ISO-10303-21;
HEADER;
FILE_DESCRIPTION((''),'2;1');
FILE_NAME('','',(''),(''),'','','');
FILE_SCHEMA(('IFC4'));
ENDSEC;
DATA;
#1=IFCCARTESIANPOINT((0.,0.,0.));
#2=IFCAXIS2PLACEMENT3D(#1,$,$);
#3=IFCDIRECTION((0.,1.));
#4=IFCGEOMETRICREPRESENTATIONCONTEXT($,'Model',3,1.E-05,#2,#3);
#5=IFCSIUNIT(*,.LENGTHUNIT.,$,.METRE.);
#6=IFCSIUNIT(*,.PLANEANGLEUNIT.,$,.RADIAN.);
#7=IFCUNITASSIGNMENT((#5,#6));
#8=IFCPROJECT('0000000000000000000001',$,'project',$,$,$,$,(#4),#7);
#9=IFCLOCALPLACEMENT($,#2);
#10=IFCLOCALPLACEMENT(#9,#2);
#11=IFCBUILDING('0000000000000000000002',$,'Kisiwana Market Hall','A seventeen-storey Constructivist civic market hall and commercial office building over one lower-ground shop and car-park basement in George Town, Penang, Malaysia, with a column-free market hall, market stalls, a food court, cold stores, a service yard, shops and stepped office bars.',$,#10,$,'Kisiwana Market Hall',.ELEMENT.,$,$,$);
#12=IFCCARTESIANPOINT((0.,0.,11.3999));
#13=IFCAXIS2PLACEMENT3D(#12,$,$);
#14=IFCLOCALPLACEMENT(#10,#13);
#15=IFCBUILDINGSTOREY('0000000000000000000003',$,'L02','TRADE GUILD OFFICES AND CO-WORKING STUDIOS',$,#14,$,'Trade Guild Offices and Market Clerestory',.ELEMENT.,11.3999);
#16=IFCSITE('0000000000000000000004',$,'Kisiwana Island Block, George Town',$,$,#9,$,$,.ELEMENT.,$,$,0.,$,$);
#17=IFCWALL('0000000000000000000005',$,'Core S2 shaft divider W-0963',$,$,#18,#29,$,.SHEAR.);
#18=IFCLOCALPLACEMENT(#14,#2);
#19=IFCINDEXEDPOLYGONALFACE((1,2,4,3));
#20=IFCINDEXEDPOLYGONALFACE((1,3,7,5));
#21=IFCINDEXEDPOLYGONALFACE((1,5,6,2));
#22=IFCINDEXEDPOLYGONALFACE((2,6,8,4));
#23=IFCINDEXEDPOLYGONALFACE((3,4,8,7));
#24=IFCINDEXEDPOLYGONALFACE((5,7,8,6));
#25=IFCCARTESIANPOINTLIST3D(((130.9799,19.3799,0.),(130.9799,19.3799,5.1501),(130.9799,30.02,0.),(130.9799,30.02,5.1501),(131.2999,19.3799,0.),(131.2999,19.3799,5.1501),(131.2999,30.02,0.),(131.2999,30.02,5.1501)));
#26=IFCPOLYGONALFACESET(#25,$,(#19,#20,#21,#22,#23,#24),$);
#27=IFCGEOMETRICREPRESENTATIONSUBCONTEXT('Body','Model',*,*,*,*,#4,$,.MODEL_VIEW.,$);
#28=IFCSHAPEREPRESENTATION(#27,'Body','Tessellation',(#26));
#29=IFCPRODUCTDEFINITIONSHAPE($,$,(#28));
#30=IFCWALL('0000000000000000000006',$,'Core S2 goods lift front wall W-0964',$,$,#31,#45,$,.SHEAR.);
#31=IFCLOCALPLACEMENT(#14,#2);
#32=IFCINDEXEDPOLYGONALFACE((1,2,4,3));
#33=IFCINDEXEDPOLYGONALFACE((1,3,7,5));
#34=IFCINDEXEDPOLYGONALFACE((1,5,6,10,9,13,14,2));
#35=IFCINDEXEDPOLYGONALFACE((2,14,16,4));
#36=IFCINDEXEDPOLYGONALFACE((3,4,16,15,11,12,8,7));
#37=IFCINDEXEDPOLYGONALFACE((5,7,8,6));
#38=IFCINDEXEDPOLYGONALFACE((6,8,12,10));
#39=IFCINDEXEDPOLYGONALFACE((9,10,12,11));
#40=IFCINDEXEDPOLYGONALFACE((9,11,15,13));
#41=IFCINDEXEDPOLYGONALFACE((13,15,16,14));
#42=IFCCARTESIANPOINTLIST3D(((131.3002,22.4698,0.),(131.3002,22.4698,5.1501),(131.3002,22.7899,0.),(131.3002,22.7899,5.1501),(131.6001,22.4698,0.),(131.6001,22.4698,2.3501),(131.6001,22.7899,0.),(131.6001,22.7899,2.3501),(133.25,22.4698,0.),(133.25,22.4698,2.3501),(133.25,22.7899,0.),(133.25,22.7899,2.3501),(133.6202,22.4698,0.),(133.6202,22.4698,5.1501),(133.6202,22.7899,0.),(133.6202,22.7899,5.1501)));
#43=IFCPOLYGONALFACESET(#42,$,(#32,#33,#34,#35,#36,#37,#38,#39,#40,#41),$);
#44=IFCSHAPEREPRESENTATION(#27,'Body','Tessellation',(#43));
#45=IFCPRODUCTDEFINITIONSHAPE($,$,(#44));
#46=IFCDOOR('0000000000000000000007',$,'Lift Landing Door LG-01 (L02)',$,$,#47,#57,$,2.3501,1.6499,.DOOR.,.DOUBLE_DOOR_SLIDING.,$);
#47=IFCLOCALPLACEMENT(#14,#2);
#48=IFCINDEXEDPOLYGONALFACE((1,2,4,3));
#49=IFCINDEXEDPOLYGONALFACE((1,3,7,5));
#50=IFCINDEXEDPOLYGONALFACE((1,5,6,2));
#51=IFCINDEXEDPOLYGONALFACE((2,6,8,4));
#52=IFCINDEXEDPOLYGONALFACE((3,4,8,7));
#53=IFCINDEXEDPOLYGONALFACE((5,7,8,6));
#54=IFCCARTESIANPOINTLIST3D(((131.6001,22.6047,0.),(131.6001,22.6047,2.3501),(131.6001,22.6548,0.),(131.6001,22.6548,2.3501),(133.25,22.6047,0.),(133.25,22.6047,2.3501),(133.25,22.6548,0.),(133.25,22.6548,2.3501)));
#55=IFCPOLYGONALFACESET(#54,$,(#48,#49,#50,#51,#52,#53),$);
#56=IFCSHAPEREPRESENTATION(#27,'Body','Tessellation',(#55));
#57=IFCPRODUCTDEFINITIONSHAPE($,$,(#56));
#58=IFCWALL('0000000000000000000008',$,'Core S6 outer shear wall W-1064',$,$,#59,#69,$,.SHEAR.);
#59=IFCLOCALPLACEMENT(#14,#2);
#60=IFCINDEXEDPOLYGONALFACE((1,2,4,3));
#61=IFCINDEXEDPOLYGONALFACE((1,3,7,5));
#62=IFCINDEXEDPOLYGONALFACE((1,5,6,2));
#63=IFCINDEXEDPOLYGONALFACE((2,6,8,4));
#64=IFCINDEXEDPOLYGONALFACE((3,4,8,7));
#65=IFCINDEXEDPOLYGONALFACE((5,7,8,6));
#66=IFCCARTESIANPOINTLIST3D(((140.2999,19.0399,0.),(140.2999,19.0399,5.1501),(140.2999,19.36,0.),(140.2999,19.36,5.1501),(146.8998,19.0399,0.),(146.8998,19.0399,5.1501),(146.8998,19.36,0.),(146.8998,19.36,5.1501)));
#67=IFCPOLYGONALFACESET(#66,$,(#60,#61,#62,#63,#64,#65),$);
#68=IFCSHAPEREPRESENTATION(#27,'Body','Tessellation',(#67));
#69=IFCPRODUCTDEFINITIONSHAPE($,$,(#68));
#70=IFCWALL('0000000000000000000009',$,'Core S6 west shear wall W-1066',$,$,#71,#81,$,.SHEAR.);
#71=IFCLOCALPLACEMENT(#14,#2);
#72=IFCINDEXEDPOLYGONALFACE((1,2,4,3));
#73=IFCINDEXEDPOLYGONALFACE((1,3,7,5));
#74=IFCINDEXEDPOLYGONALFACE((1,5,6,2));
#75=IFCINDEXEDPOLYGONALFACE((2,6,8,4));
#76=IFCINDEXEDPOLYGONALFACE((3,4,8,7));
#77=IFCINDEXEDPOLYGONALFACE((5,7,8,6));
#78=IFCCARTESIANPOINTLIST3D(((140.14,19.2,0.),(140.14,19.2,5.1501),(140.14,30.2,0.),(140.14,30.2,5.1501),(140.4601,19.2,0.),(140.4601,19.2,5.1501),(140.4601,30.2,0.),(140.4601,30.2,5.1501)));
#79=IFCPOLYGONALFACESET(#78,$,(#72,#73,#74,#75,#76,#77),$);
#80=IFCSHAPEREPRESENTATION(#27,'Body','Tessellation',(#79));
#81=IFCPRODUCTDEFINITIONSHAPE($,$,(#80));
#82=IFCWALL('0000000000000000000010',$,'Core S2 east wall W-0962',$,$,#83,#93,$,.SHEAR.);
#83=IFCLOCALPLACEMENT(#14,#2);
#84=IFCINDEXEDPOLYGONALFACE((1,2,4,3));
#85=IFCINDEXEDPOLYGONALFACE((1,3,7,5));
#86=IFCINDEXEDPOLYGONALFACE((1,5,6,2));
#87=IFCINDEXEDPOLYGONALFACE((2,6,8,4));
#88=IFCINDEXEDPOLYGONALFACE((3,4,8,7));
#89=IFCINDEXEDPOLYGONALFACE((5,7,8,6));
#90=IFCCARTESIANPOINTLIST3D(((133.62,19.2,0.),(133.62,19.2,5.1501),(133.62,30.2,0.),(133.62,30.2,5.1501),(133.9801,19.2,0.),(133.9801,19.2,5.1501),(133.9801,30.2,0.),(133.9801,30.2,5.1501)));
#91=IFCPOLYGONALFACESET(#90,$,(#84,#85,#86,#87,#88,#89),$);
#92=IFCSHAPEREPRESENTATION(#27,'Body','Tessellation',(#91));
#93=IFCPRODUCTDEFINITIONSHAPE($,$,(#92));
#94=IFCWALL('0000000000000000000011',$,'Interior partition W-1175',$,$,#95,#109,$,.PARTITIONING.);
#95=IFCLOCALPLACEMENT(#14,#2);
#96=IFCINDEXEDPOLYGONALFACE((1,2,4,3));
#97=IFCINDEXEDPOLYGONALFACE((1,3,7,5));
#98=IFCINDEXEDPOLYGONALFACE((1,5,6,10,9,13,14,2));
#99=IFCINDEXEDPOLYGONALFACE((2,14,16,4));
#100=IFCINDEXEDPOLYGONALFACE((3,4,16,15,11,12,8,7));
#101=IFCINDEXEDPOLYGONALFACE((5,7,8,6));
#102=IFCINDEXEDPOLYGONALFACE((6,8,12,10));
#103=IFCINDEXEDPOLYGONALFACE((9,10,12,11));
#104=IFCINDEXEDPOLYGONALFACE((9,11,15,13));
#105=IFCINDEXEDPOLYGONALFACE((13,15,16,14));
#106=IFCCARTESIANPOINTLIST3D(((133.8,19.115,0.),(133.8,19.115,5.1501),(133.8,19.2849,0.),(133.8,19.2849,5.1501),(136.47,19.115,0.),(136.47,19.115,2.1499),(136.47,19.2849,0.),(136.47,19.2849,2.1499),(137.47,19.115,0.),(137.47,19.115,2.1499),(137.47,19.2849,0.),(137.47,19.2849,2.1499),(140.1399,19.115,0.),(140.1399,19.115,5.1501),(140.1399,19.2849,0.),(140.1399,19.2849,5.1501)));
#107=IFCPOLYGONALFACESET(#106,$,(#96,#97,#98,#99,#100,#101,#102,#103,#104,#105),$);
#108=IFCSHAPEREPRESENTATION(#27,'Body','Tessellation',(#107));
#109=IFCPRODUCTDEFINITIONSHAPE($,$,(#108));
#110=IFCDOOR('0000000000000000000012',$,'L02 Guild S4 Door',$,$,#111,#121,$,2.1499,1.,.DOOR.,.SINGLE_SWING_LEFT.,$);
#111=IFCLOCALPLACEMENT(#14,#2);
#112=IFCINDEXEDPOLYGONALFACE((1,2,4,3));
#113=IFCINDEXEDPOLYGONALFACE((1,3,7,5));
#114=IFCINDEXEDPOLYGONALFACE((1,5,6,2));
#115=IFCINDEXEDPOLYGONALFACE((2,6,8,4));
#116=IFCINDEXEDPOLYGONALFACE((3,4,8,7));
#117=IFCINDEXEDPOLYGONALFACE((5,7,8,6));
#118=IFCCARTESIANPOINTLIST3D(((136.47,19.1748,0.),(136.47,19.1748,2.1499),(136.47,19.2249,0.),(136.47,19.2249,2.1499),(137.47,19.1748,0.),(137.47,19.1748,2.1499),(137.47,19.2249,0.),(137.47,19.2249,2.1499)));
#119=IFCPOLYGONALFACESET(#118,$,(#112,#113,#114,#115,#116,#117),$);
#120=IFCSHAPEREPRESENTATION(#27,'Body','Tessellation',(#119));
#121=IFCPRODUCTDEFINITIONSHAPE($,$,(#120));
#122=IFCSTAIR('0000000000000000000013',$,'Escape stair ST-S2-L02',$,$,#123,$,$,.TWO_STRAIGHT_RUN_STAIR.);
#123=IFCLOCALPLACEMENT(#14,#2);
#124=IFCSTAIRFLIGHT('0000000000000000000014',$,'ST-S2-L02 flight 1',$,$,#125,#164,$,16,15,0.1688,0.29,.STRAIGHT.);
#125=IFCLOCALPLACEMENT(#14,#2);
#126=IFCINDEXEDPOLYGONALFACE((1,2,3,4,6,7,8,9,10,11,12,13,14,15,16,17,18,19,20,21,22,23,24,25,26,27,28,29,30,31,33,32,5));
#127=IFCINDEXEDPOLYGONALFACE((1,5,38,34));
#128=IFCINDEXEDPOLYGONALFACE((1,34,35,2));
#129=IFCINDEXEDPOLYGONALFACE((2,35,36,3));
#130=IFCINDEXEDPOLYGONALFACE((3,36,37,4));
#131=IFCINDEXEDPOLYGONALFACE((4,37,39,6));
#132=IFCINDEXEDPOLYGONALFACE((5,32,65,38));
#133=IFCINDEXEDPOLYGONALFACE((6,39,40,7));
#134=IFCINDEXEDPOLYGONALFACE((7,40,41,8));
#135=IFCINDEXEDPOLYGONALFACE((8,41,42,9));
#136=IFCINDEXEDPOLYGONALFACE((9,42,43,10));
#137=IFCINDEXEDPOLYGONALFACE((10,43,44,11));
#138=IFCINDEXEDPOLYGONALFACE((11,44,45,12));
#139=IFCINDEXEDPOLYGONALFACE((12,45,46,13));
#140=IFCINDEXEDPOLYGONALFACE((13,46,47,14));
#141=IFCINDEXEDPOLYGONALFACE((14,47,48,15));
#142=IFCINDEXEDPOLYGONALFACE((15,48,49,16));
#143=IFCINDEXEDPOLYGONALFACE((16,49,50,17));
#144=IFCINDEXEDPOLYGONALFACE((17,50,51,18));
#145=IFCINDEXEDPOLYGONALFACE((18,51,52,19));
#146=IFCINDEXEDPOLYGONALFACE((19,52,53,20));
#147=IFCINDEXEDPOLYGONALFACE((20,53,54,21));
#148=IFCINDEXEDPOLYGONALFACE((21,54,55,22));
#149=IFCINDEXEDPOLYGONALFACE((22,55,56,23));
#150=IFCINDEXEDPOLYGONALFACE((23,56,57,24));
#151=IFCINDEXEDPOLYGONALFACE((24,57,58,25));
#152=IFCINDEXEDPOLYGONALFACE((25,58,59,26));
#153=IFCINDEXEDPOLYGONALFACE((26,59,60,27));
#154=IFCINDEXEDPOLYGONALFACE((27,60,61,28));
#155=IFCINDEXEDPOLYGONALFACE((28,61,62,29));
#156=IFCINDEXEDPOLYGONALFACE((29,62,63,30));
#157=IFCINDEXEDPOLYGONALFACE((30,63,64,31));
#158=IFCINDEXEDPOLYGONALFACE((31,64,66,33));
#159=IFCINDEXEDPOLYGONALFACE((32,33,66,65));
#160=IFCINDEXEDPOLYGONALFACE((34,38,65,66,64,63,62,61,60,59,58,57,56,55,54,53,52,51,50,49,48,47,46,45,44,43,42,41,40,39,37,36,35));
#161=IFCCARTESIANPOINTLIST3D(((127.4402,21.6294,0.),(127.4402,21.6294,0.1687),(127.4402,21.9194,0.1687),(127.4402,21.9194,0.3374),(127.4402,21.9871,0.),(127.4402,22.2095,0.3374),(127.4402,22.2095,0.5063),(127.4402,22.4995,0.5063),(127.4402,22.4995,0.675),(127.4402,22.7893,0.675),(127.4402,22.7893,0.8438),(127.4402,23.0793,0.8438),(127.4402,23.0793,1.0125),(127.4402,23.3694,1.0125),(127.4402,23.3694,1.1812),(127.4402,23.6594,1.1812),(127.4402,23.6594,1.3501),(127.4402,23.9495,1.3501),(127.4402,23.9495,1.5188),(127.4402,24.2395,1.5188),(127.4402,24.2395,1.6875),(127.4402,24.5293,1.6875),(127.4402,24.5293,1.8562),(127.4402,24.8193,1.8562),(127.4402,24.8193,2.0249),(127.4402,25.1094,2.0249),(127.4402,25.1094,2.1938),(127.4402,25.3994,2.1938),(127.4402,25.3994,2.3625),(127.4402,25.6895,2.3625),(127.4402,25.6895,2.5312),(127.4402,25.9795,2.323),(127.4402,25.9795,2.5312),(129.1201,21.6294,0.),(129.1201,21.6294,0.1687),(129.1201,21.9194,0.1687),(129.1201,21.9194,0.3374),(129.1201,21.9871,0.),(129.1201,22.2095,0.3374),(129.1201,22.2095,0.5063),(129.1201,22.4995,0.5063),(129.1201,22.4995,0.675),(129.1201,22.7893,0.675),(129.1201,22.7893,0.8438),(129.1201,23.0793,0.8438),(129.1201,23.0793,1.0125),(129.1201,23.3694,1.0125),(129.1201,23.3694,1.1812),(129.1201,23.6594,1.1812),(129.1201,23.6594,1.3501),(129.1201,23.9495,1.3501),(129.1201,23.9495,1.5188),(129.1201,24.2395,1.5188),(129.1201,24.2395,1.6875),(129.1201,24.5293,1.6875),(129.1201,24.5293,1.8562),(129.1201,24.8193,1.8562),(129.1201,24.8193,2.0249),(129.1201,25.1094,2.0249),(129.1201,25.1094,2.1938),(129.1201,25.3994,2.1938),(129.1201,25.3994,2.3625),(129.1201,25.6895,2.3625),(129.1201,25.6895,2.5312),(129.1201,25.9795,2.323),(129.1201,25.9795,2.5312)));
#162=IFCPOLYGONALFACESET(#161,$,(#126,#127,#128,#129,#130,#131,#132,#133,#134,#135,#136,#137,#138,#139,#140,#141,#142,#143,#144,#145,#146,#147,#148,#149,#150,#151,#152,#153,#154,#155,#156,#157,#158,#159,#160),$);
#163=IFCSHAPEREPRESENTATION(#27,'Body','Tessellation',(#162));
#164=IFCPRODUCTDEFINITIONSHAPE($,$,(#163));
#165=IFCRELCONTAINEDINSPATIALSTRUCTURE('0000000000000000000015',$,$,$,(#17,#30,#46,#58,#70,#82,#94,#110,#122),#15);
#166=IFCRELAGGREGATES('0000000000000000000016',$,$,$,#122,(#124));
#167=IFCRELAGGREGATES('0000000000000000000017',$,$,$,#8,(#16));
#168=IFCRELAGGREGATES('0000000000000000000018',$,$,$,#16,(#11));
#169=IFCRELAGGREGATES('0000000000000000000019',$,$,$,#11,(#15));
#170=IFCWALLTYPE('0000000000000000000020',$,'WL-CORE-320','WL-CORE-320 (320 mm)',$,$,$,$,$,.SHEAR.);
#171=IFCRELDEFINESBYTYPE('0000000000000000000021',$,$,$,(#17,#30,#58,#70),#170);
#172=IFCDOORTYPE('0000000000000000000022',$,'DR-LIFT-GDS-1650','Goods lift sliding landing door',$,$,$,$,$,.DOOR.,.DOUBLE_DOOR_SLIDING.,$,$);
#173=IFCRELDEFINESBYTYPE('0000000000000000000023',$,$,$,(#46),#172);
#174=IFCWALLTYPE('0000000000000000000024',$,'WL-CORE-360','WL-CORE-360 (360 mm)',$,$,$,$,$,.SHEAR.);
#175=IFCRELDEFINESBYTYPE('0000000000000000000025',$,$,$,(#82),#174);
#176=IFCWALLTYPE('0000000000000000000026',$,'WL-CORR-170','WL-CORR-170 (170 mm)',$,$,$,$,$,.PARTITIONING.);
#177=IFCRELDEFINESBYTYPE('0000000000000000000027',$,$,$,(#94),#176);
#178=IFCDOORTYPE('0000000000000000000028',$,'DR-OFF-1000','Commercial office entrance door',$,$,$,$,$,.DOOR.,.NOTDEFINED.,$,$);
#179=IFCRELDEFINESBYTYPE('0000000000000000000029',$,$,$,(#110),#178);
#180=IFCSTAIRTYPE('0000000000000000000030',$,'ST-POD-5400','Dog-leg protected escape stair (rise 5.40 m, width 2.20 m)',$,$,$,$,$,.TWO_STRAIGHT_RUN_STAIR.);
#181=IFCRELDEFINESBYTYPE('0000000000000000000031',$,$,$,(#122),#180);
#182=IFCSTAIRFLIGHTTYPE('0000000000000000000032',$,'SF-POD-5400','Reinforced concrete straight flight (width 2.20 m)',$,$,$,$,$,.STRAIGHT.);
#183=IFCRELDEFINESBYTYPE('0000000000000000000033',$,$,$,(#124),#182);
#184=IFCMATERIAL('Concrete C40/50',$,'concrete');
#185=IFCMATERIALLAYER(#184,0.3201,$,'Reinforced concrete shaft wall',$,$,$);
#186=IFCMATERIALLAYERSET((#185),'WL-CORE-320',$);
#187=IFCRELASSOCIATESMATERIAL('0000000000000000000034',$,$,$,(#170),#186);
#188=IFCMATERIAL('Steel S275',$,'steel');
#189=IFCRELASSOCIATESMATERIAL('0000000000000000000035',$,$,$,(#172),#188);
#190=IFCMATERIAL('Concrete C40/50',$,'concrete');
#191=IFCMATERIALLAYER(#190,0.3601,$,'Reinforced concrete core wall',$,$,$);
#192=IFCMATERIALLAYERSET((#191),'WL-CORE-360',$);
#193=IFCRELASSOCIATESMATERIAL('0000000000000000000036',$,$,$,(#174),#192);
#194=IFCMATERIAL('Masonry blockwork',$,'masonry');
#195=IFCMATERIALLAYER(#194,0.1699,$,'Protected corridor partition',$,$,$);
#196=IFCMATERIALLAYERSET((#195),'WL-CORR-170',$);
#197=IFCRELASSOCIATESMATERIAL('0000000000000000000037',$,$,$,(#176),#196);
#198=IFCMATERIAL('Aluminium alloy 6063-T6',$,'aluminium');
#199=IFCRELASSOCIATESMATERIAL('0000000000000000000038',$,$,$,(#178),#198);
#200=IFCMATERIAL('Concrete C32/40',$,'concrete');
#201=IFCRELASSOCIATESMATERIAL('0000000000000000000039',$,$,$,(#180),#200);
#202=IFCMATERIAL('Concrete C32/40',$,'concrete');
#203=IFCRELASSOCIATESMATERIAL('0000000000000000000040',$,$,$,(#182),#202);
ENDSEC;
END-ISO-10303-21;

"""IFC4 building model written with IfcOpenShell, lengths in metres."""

from ifc_helpers import new_model, si_unit, direction, frame, frame_2d, origin, place, context, subcontext, project, spatial, polyline, rectangle, outline, extrude, material, layer, layer_set, type_object, element, fill, aggregate, save


model = new_model("IFC4")

# Units and contexts
model_context = context("Model", 3, precision=1e-05, world=origin(), true_north=direction((0.0, 1.0)))
body_context = subcontext(model_context, "Body", "Model", "MODEL_VIEW")
ifc_project = project(units=[si_unit("LENGTHUNIT", "METRE"), si_unit("PLANEANGLEUNIT", "RADIAN")], contexts=[model_context])

# Site, building, storey
site_placement = place(None, origin())
site = spatial("IfcSite", under=ifc_project, at=site_placement, Name="Kisiwana Island Block, George Town", CompositionType="ELEMENT", RefElevation=0.0)
building_placement = place(site_placement, origin())
building = spatial("IfcBuilding", under=site, at=building_placement, Name="Kisiwana Market Hall", Description="A seventeen-storey Constructivist civic market hall and commercial office building over one lower-ground shop and car-park basement in George Town, Penang, Malaysia, with a column-free market hall, market stalls, a food court, cold stores, a service yard, shops and stepped office bars.", LongName="Kisiwana Market Hall", CompositionType="ELEMENT")
storey_placement = place(building_placement, frame((0.0, 0.0, 11.3999)))
storey = spatial("IfcBuildingStorey", under=building, at=storey_placement, Name="L02", Description="TRADE GUILD OFFICES AND CO-WORKING STUDIOS", LongName="Trade Guild Offices and Market Clerestory", CompositionType="ELEMENT", Elevation=11.3999)

# Wall
ifc_material_1 = material(Name="Concrete C40/50", Category="concrete")
ifc_layer_1 = layer(ifc_material_1, 0.3201, Name="Reinforced concrete shaft wall")
ifc_layer_set_1 = layer_set([ifc_layer_1], Name="WL-CORE-320")
wall_type_1 = type_object("IfcWallType", Name="WL-CORE-320", Description="WL-CORE-320 (320 mm)", PredefinedType="SHEAR", material=ifc_layer_set_1)
wall_1_placement = place(storey_placement, frame((131.1399, 19.3799, 0.0), z_axis=(0.0, 0.0, 1.0), x_axis=(0.0, 1.0, 0.0)))
element("IfcWall", 1, at=wall_1_placement, inside=storey, type_object=wall_type_1, Name="Core S2 shaft divider W-0963", PredefinedType="SHEAR", context=body_context, shape_type="SweptSolid", body=[
    extrude(rectangle(XDim=10.6401, YDim=0.3201, at=frame_2d((5.3201, 0.0))), origin(), (0.0, 0.0, 1.0), 5.1501),
])

# Wall, opening, door
wall_2_placement = place(storey_placement, frame((131.3, 22.6299, 0.0), z_axis=(0.0, 0.0, 1.0), x_axis=(1.0, 0.0, 0.0)))
wall_2 = element("IfcWall", 2, at=wall_2_placement, inside=storey, type_object=wall_type_1, Name="Core S2 goods lift front wall W-0964", PredefinedType="SHEAR", context=body_context, shape_type="SweptSolid", body=[
    extrude(rectangle(XDim=2.3201, YDim=0.3201, at=frame_2d((1.1602, 0.0))), origin(), (0.0, 0.0, 1.0), 5.1501),
])
opening_1_placement = place(wall_2_placement, frame((0.3, 0.0, 0.0)))
opening_1 = element("IfcOpeningElement", 3, at=opening_1_placement, cuts=wall_2, PredefinedType="OPENING", context=body_context, shape_type="SweptSolid", body=[
    extrude(rectangle(XDim=1.6499, YDim=2.3501, at=frame_2d((0.825, 1.175))), frame((0.0, 0.1719, 0.0), z_axis=(0.0, -1.0, 0.0), x_axis=(1.0, 0.0, 0.0)), (0.0, 0.0, 1.0), 0.344),
])
ifc_material_2 = material(Name="Steel S275", Category="steel")
door_type_1 = type_object("IfcDoorType", Name="DR-LIFT-GDS-1650", Description="Goods lift sliding landing door", OperationType="DOUBLE_DOOR_SLIDING", PredefinedType="DOOR", material=ifc_material_2)
door_1_placement = place(opening_1_placement, origin())
door_1 = element("IfcDoor", 4, at=door_1_placement, inside=storey, type_object=door_type_1, Name="Lift Landing Door LG-01 (L02)", OperationType="DOUBLE_DOOR_SLIDING", OverallHeight=2.3501, OverallWidth=1.6499, PredefinedType="DOOR", context=body_context, shape_type="SweptSolid", body=[
    extrude(rectangle(XDim=1.6499, YDim=2.3501, at=frame_2d((0.825, 1.175))), frame((0.0, 0.0249, 0.0), z_axis=(0.0, -1.0, 0.0), x_axis=(1.0, 0.0, 0.0)), (0.0, 0.0, 1.0), 0.05),
])
fill(opening_1, door_1)

# Walls
wall_3_placement = place(storey_placement, frame((140.3, 19.2, 0.0), z_axis=(0.0, 0.0, 1.0), x_axis=(1.0, 0.0, 0.0)))
element("IfcWall", 5, at=wall_3_placement, inside=storey, type_object=wall_type_1, Name="Core S6 outer shear wall W-1064", PredefinedType="SHEAR", context=body_context, shape_type="SweptSolid", body=[
    extrude(rectangle(XDim=6.5999, YDim=0.3201, at=frame_2d((3.2998, 0.0))), origin(), (0.0, 0.0, 1.0), 5.1501),
])
wall_4_placement = place(storey_placement, frame((140.3, 19.2, 0.0), z_axis=(0.0, 0.0, 1.0), x_axis=(0.0, 1.0, 0.0)))
element("IfcWall", 6, at=wall_4_placement, inside=storey, type_object=wall_type_1, Name="Core S6 west shear wall W-1066", PredefinedType="SHEAR", context=body_context, shape_type="SweptSolid", body=[
    extrude(rectangle(XDim=11.0, YDim=0.3201, at=frame_2d((5.5, 0.0))), origin(), (0.0, 0.0, 1.0), 5.1501),
])
ifc_material_3 = material(Name="Concrete C40/50", Category="concrete")
ifc_layer_2 = layer(ifc_material_3, 0.3601, Name="Reinforced concrete core wall")
ifc_layer_set_2 = layer_set([ifc_layer_2], Name="WL-CORE-360")
wall_type_2 = type_object("IfcWallType", Name="WL-CORE-360", Description="WL-CORE-360 (360 mm)", PredefinedType="SHEAR", material=ifc_layer_set_2)
wall_5_placement = place(storey_placement, frame((133.8, 19.2, 0.0), z_axis=(0.0, 0.0, 1.0), x_axis=(0.0, 1.0, 0.0)))
element("IfcWall", 7, at=wall_5_placement, inside=storey, type_object=wall_type_2, Name="Core S2 east wall W-0962", PredefinedType="SHEAR", context=body_context, shape_type="SweptSolid", body=[
    extrude(rectangle(XDim=11.0, YDim=0.3601, at=frame_2d((5.5, 0.0))), origin(), (0.0, 0.0, 1.0), 5.1501),
])

# Wall, opening, door
ifc_material_4 = material(Name="Masonry blockwork", Category="masonry")
ifc_layer_3 = layer(ifc_material_4, 0.1699, Name="Protected corridor partition")
ifc_layer_set_3 = layer_set([ifc_layer_3], Name="WL-CORR-170")
wall_type_3 = type_object("IfcWallType", Name="WL-CORR-170", Description="WL-CORR-170 (170 mm)", PredefinedType="PARTITIONING", material=ifc_layer_set_3)
wall_6_placement = place(storey_placement, frame((133.8, 19.2, 0.0), z_axis=(0.0, 0.0, 1.0), x_axis=(1.0, 0.0, 0.0)))
wall_6 = element("IfcWall", 8, at=wall_6_placement, inside=storey, type_object=wall_type_3, Name="Interior partition W-1175", PredefinedType="PARTITIONING", context=body_context, shape_type="SweptSolid", body=[
    extrude(rectangle(XDim=6.3398, YDim=0.1699, at=frame_2d((3.1699, 0.0))), origin(), (0.0, 0.0, 1.0), 5.1501),
])
opening_2_placement = place(wall_6_placement, frame((2.6699, 0.0, 0.0)))
opening_2 = element("IfcOpeningElement", 9, at=opening_2_placement, cuts=wall_6, PredefinedType="OPENING", context=body_context, shape_type="SweptSolid", body=[
    extrude(rectangle(XDim=1.0, YDim=2.1499, at=frame_2d((0.5, 1.075))), frame((0.0, 0.0969, 0.0), z_axis=(0.0, -1.0, 0.0), x_axis=(1.0, 0.0, 0.0)), (0.0, 0.0, 1.0), 0.1938),
])
ifc_material_5 = material(Name="Aluminium alloy 6063-T6", Category="aluminium")
door_type_2 = type_object("IfcDoorType", Name="DR-OFF-1000", Description="Commercial office entrance door", OperationType="NOTDEFINED", PredefinedType="DOOR", material=ifc_material_5)
door_2_placement = place(opening_2_placement, origin())
door_2 = element("IfcDoor", 10, at=door_2_placement, inside=storey, type_object=door_type_2, Name="L02 Guild S4 Door", OperationType="SINGLE_SWING_LEFT", OverallHeight=2.1499, OverallWidth=1.0, PredefinedType="DOOR", context=body_context, shape_type="SweptSolid", body=[
    extrude(rectangle(XDim=1.0, YDim=2.1499, at=frame_2d((0.5, 1.075))), frame((0.0, 0.0249, 0.0), z_axis=(0.0, -1.0, 0.0), x_axis=(1.0, 0.0, 0.0)), (0.0, 0.0, 1.0), 0.05),
])
fill(opening_2, door_2)

# Stair, stair flight
ifc_material_6 = material(Name="Concrete C32/40", Category="concrete")
stair_type = type_object("IfcStairType", Name="ST-POD-5400", Description="Dog-leg protected escape stair (rise 5.40 m, width 2.20 m)", PredefinedType="TWO_STRAIGHT_RUN_STAIR", material=ifc_material_6)
stair_placement = place(storey_placement, origin())
stair = element("IfcStair", 11, at=stair_placement, inside=storey, type_object=stair_type, Name="Escape stair ST-S2-L02", PredefinedType="TWO_STRAIGHT_RUN_STAIR")
ifc_material_7 = material(Name="Concrete C32/40", Category="concrete")
stair_flight_type = type_object("IfcStairFlightType", Name="SF-POD-5400", Description="Reinforced concrete straight flight (width 2.20 m)", PredefinedType="STRAIGHT", material=ifc_material_7)
stair_flight_placement = place(storey_placement, frame((128.28, 21.6294, 0.0), z_axis=(0.0, 0.0, 1.0), x_axis=(0.0, 1.0, 0.0)))
stair_flight = element("IfcStairFlight", 12, at=stair_flight_placement, type_object=stair_flight_type, Name="ST-S2-L02 flight 1", NumberOfRisers=16, NumberOfTreads=15, PredefinedType="STRAIGHT", RiserHeight=0.1688, TreadLength=0.29, context=body_context, shape_type="SweptSolid", body=[
    extrude(outline(polyline([(0.0, 0.0), (0.0, 0.1687), (0.29, 0.1687), (0.29, 0.3374), (0.5801, 0.3374), (0.5801, 0.5063), (0.8701, 0.5063), (0.8701, 0.675), (1.1599, 0.675), (1.1599, 0.8438), (1.45, 0.8438), (1.45, 1.0125), (1.74, 1.0125), (1.74, 1.1812), (2.03, 1.1812), (2.03, 1.3501), (2.3201, 1.3501), (2.3201, 1.5188), (2.6101, 1.5188), (2.6101, 1.6875), (2.8999, 1.6875), (2.8999, 1.8562), (3.1899, 1.8562), (3.1899, 2.0249), (3.48, 2.0249), (3.48, 2.1938), (3.77, 2.1938), (3.77, 2.3625), (4.0601, 2.3625), (4.0601, 2.5312), (4.3501, 2.5312), (4.3501, 2.7), (4.3501, 2.323), (0.3577, 0.0), (0.0, 0.0)])), frame((0.0, 0.8398, 0.0), z_axis=(0.0, -1.0, 0.0), x_axis=(1.0, 0.0, 0.0)), (0.0, 0.0, 1.0), 1.6799),
])
aggregate(stair, [stair_flight])

save(model, "model.ifc")
